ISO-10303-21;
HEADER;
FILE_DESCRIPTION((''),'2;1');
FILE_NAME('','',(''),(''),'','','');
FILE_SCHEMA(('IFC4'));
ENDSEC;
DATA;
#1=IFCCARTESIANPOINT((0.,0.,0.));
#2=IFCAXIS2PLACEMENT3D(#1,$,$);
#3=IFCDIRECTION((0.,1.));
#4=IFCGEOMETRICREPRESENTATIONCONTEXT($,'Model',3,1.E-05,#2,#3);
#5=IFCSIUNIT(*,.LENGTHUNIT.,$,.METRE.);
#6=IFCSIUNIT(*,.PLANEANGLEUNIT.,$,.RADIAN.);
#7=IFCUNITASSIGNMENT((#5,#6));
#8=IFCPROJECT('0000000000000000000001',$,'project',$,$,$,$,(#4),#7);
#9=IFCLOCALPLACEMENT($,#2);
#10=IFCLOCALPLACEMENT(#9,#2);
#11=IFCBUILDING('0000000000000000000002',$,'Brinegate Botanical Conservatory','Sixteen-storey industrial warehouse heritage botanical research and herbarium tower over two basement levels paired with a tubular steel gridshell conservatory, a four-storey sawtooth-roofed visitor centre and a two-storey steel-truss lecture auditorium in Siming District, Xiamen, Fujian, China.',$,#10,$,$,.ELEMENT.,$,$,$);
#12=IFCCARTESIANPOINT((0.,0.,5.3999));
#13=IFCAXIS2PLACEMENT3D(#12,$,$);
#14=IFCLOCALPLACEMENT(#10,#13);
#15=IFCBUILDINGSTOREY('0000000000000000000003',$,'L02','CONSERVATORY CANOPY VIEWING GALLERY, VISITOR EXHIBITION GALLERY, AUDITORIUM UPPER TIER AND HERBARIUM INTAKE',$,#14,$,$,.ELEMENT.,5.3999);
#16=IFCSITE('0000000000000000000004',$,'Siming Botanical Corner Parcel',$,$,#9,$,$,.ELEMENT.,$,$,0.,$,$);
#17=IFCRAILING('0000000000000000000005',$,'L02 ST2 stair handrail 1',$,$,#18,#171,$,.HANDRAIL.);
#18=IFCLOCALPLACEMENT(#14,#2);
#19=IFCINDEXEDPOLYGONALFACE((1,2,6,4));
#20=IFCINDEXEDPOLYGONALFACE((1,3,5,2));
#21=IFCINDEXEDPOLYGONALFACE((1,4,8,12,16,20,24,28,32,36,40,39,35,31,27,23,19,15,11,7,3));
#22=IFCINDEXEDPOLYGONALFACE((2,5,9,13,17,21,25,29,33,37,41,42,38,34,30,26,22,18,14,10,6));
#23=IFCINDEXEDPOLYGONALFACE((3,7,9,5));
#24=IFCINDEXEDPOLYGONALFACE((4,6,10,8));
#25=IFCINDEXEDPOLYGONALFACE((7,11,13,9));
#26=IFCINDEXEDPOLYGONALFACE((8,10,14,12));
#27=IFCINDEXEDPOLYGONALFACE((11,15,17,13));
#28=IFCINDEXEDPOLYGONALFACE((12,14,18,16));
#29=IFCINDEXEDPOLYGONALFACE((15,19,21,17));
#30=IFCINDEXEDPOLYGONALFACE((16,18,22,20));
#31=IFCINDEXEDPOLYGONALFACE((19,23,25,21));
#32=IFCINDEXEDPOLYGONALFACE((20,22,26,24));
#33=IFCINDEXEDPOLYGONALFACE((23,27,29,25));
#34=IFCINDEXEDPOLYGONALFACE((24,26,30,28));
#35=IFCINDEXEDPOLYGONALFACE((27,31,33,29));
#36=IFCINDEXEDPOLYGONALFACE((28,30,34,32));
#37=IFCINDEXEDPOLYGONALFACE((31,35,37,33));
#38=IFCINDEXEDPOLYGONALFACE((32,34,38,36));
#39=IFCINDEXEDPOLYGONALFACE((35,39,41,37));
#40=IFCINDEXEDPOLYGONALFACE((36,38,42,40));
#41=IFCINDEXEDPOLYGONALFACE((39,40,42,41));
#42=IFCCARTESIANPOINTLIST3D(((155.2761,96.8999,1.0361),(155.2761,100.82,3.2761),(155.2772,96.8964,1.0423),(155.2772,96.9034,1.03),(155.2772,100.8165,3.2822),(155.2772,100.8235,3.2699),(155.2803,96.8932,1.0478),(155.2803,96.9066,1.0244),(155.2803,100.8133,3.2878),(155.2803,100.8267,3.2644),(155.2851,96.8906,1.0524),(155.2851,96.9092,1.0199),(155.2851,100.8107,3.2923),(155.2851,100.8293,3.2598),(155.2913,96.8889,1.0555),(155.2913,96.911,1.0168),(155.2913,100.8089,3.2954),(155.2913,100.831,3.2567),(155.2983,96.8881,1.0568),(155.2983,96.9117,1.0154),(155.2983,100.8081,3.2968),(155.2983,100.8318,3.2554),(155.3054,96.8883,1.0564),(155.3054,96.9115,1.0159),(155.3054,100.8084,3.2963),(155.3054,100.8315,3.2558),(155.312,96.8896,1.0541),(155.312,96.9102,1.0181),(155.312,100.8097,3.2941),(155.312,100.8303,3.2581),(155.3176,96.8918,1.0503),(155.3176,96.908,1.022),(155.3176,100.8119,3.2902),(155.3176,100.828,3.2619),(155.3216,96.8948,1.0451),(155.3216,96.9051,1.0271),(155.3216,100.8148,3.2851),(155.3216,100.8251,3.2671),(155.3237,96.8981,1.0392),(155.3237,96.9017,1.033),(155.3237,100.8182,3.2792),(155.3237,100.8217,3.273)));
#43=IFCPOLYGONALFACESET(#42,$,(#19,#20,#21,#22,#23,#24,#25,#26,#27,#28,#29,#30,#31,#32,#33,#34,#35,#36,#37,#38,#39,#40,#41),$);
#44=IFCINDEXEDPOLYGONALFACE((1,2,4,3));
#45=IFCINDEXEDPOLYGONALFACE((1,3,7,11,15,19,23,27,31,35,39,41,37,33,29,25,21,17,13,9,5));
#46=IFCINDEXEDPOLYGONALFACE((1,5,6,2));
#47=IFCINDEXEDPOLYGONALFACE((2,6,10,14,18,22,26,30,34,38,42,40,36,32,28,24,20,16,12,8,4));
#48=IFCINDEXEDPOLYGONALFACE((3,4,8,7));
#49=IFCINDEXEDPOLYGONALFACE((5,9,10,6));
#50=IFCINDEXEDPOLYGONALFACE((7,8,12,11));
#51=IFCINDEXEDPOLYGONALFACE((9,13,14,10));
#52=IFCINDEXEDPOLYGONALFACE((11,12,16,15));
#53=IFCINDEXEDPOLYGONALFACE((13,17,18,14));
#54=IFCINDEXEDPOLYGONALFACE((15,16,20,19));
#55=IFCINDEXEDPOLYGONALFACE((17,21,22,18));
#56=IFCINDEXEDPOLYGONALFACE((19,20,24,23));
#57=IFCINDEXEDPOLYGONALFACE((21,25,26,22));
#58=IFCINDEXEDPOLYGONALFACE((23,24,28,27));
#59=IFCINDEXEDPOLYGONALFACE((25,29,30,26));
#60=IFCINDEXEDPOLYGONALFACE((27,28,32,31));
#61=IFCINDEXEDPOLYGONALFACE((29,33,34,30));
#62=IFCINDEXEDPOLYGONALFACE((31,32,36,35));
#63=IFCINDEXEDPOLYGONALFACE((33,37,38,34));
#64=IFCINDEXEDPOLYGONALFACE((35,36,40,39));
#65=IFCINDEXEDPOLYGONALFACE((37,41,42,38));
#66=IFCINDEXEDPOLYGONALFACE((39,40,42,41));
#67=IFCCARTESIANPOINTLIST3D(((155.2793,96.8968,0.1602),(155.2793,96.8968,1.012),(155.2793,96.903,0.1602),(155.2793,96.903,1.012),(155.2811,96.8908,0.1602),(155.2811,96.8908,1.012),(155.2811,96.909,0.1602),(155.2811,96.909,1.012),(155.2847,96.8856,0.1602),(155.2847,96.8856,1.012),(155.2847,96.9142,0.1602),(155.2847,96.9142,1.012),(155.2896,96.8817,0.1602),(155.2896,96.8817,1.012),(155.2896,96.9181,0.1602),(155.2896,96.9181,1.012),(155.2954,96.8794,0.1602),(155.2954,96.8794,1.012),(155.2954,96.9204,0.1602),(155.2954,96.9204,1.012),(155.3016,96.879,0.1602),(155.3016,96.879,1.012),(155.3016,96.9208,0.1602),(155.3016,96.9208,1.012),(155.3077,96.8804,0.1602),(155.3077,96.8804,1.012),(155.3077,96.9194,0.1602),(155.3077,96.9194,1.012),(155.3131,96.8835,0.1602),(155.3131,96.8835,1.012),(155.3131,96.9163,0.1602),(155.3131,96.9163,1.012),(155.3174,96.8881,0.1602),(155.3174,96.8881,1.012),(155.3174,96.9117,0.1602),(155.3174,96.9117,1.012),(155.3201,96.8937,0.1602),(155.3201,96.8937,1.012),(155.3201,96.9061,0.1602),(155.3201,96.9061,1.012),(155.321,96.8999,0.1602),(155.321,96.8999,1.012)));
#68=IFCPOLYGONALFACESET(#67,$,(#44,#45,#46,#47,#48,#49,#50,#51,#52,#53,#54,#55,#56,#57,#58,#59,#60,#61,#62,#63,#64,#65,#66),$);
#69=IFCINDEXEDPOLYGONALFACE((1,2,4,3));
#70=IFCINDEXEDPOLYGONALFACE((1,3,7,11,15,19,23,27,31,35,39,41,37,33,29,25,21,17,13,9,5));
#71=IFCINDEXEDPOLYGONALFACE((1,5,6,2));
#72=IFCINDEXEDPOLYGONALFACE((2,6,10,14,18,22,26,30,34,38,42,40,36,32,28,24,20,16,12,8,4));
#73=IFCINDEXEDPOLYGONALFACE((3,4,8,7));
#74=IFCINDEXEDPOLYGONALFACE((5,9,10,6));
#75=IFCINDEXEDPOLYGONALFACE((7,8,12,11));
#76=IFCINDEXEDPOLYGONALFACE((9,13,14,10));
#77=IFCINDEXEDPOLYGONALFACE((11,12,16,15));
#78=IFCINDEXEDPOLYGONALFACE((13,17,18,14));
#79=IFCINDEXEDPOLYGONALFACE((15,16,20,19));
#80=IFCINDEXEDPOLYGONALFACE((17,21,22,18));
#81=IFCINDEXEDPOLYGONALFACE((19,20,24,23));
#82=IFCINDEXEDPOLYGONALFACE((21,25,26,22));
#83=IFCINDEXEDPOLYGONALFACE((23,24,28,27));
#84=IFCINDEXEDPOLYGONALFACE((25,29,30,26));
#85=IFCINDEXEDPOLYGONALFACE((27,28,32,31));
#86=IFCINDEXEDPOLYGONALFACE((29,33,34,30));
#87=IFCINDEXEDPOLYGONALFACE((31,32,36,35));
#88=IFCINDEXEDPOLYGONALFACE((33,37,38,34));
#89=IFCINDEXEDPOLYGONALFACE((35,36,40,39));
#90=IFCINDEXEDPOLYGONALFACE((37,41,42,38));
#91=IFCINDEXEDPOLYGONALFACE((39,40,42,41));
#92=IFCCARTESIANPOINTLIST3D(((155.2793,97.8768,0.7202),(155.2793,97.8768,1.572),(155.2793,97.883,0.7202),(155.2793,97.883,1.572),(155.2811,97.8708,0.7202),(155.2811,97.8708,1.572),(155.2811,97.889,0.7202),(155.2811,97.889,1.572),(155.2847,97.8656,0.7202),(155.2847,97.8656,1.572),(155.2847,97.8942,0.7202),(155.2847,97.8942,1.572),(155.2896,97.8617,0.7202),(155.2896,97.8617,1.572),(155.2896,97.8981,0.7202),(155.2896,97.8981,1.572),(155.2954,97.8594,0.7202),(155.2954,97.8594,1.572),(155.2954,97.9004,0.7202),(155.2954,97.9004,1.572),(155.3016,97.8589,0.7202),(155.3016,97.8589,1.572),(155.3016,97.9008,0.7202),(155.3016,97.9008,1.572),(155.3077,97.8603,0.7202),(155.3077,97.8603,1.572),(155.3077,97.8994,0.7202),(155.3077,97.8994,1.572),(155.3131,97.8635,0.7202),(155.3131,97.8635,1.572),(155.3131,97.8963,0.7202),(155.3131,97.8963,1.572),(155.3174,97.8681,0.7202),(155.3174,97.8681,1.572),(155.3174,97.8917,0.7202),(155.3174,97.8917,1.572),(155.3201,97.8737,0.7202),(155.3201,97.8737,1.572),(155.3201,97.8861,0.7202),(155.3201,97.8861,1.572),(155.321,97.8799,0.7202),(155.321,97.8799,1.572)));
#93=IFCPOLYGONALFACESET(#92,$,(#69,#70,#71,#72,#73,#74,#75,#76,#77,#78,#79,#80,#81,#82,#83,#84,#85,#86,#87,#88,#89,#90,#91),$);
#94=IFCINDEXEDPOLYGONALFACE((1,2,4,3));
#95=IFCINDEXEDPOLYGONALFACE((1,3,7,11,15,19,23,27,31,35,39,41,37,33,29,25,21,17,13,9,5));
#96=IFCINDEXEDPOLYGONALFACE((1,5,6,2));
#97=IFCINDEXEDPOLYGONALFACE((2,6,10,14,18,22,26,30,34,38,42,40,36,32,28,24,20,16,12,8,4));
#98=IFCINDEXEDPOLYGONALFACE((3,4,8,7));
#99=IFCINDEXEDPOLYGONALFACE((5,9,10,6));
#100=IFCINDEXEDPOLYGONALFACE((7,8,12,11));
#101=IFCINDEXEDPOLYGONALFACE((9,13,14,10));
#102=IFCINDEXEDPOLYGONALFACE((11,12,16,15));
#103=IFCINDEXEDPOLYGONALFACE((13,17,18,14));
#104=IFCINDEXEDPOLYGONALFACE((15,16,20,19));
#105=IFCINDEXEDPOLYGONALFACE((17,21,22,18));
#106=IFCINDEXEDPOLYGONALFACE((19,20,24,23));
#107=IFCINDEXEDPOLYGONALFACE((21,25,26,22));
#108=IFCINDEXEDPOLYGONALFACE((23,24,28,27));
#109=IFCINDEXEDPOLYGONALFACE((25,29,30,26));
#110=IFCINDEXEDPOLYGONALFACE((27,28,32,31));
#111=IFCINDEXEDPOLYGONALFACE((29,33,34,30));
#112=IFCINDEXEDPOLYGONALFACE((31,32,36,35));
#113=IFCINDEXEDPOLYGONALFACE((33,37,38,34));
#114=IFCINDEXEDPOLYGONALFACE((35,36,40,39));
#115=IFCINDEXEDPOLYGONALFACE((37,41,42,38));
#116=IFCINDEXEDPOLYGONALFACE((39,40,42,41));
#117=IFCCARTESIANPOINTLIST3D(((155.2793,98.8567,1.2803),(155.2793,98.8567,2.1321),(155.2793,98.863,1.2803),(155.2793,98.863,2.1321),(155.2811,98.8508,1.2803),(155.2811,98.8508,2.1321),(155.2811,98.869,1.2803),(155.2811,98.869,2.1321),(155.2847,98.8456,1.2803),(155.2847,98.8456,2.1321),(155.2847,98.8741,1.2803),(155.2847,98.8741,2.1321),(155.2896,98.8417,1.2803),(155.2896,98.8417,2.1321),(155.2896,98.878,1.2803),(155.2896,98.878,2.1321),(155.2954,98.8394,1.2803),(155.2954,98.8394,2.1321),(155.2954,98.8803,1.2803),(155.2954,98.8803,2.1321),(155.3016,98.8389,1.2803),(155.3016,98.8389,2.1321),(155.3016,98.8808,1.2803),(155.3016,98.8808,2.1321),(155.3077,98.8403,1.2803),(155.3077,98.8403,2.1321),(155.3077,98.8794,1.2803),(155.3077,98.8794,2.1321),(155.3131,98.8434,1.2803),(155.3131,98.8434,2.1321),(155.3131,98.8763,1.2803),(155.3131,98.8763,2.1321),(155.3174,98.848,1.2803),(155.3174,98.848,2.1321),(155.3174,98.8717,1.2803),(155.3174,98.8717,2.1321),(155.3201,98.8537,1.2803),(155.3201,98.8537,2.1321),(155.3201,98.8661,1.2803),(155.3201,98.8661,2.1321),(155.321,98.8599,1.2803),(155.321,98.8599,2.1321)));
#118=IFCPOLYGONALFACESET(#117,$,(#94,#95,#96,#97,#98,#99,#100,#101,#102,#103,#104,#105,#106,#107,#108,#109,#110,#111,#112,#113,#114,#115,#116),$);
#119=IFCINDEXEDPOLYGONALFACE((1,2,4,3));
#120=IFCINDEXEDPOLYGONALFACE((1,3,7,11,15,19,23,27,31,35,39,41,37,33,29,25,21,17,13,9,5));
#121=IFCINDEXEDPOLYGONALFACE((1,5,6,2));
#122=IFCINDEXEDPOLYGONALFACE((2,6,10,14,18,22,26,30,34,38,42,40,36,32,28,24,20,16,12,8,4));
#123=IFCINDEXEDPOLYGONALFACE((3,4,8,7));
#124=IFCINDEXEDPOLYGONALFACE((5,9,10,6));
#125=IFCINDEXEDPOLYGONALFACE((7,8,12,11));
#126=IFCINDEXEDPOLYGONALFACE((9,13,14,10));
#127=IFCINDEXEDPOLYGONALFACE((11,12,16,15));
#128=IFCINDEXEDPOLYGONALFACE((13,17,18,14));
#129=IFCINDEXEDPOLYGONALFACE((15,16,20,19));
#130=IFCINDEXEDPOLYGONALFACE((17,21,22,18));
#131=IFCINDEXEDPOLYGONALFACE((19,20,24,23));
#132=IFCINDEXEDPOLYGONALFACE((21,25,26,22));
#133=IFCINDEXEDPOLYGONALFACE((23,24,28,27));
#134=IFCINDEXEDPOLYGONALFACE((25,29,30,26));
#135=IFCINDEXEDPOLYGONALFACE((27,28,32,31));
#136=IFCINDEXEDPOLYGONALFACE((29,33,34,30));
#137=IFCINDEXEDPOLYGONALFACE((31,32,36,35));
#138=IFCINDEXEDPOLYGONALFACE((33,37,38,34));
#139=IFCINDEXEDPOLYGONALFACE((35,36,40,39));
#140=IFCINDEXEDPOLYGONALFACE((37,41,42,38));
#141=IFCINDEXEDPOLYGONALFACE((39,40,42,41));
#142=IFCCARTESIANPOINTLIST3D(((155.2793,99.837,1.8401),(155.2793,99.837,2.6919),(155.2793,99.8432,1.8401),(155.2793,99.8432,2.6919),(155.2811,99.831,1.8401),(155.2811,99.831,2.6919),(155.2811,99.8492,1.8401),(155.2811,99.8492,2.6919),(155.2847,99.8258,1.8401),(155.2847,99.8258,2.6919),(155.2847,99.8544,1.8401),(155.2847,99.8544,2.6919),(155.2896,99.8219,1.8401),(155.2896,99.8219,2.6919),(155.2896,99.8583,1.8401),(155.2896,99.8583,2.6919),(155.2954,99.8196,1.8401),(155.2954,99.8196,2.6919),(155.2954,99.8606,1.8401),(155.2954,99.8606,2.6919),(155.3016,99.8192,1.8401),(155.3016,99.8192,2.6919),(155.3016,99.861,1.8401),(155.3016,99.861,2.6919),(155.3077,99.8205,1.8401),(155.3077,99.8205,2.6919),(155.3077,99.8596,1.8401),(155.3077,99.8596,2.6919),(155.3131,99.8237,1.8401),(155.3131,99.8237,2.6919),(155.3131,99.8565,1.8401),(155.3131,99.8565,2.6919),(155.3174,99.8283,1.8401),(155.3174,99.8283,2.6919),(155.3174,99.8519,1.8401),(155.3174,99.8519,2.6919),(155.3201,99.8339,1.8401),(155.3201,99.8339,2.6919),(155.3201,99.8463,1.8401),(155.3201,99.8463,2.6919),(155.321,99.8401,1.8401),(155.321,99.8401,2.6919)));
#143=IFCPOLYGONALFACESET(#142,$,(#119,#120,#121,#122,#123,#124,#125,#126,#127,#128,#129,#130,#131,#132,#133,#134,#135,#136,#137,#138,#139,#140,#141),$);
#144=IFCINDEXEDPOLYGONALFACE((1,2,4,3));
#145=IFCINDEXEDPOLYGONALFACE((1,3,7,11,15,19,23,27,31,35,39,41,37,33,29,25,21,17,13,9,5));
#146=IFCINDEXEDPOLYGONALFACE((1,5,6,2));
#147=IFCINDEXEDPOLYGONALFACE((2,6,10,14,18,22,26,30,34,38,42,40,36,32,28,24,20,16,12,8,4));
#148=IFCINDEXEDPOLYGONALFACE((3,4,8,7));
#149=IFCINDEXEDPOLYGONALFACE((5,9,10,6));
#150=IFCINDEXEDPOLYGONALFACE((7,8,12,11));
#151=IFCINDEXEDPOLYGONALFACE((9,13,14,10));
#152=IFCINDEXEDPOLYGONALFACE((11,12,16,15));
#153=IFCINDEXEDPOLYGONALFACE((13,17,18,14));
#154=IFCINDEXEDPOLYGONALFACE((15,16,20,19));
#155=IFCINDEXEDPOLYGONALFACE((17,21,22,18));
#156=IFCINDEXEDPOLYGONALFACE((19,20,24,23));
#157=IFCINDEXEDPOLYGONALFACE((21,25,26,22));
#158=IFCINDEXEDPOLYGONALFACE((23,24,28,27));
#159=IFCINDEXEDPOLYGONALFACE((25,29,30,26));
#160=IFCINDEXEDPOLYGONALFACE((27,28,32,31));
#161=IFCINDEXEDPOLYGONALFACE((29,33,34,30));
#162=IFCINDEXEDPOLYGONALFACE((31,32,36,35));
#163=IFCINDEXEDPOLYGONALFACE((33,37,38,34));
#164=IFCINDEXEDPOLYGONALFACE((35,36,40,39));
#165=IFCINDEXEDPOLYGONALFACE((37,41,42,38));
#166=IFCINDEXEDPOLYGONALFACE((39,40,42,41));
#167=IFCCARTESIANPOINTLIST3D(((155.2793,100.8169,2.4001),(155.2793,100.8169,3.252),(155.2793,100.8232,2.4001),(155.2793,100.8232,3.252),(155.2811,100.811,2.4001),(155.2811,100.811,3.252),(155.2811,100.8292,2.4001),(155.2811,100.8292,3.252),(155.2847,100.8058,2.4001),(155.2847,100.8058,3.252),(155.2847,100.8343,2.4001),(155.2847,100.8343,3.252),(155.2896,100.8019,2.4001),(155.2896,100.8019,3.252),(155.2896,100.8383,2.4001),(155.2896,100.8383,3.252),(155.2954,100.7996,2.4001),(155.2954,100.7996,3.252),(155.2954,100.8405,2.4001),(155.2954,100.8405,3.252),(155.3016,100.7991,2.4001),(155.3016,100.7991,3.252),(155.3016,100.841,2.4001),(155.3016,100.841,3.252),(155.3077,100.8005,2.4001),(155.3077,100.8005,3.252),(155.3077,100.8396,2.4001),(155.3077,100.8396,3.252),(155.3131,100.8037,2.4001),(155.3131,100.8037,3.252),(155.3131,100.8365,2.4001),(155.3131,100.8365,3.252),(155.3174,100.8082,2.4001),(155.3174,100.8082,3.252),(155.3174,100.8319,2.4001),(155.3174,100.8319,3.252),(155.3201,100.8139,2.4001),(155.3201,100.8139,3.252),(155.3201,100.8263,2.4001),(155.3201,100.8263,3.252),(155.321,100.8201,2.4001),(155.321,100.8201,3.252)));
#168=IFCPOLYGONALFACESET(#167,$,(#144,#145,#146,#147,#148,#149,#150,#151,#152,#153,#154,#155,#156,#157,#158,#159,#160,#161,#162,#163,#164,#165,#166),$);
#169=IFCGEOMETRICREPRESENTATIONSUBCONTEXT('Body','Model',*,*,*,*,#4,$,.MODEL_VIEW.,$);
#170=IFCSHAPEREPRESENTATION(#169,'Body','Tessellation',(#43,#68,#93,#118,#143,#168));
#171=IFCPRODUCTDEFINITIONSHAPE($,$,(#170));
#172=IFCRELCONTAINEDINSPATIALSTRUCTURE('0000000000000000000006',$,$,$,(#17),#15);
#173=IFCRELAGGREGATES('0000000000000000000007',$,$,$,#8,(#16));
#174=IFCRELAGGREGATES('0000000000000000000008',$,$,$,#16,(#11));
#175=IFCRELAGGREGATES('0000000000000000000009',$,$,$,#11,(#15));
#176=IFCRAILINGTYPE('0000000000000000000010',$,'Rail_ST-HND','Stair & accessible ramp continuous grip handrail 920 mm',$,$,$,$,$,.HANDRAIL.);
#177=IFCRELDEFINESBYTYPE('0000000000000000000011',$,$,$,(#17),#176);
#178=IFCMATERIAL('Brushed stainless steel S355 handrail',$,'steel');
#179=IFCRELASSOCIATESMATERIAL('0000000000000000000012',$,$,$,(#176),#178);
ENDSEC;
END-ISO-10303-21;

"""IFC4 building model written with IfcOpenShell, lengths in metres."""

from ifc_helpers import new_model, si_unit, direction, frame, origin, origin_2d, place, context, subcontext, project, spatial, circle, extrude, material, type_object, element, save


model = new_model("IFC4")

# Units and contexts
model_context = context("Model", 3, precision=1e-05, world=origin(), true_north=direction((0.0, 1.0)))
body_context = subcontext(model_context, "Body", "Model", "MODEL_VIEW")
ifc_project = project(units=[si_unit("LENGTHUNIT", "METRE"), si_unit("PLANEANGLEUNIT", "RADIAN")], contexts=[model_context])

# Site, building, storey
site_placement = place(None, origin())
site = spatial("IfcSite", under=ifc_project, at=site_placement, Name="Siming Botanical Corner Parcel", CompositionType="ELEMENT", RefElevation=0.0)
building_placement = place(site_placement, origin())
building = spatial("IfcBuilding", under=site, at=building_placement, Name="Brinegate Botanical Conservatory", Description="Sixteen-storey industrial warehouse heritage botanical research and herbarium tower over two basement levels paired with a tubular steel gridshell conservatory, a four-storey sawtooth-roofed visitor centre and a two-storey steel-truss lecture auditorium in Siming District, Xiamen, Fujian, China.", CompositionType="ELEMENT")
storey_placement = place(building_placement, frame((0.0, 0.0, 5.3999)))
storey = spatial("IfcBuildingStorey", under=building, at=storey_placement, Name="L02", Description="CONSERVATORY CANOPY VIEWING GALLERY, VISITOR EXHIBITION GALLERY, AUDITORIUM UPPER TIER AND HERBARIUM INTAKE", CompositionType="ELEMENT", Elevation=5.3999)

# Railing
ifc_material_1 = material(Name="Brushed stainless steel S355 handrail", Category="steel")
railing_type_1 = type_object("IfcRailingType", Name="Rail_ST-HND", Description="Stair & accessible ramp continuous grip handrail 920 mm", PredefinedType="HANDRAIL", material=ifc_material_1)
railing_1_placement = place(storey_placement, frame((155.3, 96.8999, 0.1602)))
element("IfcRailing", 1, at=railing_1_placement, inside=storey, type_object=railing_type_1, Name="L02 ST2 stair handrail 1", PredefinedType="HANDRAIL", context=body_context, shape_type="SweptSolid", body=[
    extrude(circle(Radius=0.0239, at=origin_2d()), frame((0.0, 0.0, 0.876), z_axis=(0.0, 0.868253, 0.496121), x_axis=(-1.0, 0.0, 0.0)), (0.0, 0.0, 1.0), 4.5149),
    extrude(circle(Radius=0.021, at=origin_2d()), origin(), (0.0, 0.0, 1.0), 0.8518),
    extrude(circle(Radius=0.021, at=origin_2d()), frame((0.0, 0.98, 0.5601)), (0.0, 0.0, 1.0), 0.8518),
    extrude(circle(Radius=0.021, at=origin_2d()), frame((0.0, 1.96, 1.1201)), (0.0, 0.0, 1.0), 0.8518),
    extrude(circle(Radius=0.021, at=origin_2d()), frame((0.0, 2.9402, 1.6799)), (0.0, 0.0, 1.0), 0.8518),
    extrude(circle(Radius=0.021, at=origin_2d()), frame((0.0, 3.9202, 2.24)), (0.0, 0.0, 1.0), 0.8518),
])

save(model, "model.ifc")
